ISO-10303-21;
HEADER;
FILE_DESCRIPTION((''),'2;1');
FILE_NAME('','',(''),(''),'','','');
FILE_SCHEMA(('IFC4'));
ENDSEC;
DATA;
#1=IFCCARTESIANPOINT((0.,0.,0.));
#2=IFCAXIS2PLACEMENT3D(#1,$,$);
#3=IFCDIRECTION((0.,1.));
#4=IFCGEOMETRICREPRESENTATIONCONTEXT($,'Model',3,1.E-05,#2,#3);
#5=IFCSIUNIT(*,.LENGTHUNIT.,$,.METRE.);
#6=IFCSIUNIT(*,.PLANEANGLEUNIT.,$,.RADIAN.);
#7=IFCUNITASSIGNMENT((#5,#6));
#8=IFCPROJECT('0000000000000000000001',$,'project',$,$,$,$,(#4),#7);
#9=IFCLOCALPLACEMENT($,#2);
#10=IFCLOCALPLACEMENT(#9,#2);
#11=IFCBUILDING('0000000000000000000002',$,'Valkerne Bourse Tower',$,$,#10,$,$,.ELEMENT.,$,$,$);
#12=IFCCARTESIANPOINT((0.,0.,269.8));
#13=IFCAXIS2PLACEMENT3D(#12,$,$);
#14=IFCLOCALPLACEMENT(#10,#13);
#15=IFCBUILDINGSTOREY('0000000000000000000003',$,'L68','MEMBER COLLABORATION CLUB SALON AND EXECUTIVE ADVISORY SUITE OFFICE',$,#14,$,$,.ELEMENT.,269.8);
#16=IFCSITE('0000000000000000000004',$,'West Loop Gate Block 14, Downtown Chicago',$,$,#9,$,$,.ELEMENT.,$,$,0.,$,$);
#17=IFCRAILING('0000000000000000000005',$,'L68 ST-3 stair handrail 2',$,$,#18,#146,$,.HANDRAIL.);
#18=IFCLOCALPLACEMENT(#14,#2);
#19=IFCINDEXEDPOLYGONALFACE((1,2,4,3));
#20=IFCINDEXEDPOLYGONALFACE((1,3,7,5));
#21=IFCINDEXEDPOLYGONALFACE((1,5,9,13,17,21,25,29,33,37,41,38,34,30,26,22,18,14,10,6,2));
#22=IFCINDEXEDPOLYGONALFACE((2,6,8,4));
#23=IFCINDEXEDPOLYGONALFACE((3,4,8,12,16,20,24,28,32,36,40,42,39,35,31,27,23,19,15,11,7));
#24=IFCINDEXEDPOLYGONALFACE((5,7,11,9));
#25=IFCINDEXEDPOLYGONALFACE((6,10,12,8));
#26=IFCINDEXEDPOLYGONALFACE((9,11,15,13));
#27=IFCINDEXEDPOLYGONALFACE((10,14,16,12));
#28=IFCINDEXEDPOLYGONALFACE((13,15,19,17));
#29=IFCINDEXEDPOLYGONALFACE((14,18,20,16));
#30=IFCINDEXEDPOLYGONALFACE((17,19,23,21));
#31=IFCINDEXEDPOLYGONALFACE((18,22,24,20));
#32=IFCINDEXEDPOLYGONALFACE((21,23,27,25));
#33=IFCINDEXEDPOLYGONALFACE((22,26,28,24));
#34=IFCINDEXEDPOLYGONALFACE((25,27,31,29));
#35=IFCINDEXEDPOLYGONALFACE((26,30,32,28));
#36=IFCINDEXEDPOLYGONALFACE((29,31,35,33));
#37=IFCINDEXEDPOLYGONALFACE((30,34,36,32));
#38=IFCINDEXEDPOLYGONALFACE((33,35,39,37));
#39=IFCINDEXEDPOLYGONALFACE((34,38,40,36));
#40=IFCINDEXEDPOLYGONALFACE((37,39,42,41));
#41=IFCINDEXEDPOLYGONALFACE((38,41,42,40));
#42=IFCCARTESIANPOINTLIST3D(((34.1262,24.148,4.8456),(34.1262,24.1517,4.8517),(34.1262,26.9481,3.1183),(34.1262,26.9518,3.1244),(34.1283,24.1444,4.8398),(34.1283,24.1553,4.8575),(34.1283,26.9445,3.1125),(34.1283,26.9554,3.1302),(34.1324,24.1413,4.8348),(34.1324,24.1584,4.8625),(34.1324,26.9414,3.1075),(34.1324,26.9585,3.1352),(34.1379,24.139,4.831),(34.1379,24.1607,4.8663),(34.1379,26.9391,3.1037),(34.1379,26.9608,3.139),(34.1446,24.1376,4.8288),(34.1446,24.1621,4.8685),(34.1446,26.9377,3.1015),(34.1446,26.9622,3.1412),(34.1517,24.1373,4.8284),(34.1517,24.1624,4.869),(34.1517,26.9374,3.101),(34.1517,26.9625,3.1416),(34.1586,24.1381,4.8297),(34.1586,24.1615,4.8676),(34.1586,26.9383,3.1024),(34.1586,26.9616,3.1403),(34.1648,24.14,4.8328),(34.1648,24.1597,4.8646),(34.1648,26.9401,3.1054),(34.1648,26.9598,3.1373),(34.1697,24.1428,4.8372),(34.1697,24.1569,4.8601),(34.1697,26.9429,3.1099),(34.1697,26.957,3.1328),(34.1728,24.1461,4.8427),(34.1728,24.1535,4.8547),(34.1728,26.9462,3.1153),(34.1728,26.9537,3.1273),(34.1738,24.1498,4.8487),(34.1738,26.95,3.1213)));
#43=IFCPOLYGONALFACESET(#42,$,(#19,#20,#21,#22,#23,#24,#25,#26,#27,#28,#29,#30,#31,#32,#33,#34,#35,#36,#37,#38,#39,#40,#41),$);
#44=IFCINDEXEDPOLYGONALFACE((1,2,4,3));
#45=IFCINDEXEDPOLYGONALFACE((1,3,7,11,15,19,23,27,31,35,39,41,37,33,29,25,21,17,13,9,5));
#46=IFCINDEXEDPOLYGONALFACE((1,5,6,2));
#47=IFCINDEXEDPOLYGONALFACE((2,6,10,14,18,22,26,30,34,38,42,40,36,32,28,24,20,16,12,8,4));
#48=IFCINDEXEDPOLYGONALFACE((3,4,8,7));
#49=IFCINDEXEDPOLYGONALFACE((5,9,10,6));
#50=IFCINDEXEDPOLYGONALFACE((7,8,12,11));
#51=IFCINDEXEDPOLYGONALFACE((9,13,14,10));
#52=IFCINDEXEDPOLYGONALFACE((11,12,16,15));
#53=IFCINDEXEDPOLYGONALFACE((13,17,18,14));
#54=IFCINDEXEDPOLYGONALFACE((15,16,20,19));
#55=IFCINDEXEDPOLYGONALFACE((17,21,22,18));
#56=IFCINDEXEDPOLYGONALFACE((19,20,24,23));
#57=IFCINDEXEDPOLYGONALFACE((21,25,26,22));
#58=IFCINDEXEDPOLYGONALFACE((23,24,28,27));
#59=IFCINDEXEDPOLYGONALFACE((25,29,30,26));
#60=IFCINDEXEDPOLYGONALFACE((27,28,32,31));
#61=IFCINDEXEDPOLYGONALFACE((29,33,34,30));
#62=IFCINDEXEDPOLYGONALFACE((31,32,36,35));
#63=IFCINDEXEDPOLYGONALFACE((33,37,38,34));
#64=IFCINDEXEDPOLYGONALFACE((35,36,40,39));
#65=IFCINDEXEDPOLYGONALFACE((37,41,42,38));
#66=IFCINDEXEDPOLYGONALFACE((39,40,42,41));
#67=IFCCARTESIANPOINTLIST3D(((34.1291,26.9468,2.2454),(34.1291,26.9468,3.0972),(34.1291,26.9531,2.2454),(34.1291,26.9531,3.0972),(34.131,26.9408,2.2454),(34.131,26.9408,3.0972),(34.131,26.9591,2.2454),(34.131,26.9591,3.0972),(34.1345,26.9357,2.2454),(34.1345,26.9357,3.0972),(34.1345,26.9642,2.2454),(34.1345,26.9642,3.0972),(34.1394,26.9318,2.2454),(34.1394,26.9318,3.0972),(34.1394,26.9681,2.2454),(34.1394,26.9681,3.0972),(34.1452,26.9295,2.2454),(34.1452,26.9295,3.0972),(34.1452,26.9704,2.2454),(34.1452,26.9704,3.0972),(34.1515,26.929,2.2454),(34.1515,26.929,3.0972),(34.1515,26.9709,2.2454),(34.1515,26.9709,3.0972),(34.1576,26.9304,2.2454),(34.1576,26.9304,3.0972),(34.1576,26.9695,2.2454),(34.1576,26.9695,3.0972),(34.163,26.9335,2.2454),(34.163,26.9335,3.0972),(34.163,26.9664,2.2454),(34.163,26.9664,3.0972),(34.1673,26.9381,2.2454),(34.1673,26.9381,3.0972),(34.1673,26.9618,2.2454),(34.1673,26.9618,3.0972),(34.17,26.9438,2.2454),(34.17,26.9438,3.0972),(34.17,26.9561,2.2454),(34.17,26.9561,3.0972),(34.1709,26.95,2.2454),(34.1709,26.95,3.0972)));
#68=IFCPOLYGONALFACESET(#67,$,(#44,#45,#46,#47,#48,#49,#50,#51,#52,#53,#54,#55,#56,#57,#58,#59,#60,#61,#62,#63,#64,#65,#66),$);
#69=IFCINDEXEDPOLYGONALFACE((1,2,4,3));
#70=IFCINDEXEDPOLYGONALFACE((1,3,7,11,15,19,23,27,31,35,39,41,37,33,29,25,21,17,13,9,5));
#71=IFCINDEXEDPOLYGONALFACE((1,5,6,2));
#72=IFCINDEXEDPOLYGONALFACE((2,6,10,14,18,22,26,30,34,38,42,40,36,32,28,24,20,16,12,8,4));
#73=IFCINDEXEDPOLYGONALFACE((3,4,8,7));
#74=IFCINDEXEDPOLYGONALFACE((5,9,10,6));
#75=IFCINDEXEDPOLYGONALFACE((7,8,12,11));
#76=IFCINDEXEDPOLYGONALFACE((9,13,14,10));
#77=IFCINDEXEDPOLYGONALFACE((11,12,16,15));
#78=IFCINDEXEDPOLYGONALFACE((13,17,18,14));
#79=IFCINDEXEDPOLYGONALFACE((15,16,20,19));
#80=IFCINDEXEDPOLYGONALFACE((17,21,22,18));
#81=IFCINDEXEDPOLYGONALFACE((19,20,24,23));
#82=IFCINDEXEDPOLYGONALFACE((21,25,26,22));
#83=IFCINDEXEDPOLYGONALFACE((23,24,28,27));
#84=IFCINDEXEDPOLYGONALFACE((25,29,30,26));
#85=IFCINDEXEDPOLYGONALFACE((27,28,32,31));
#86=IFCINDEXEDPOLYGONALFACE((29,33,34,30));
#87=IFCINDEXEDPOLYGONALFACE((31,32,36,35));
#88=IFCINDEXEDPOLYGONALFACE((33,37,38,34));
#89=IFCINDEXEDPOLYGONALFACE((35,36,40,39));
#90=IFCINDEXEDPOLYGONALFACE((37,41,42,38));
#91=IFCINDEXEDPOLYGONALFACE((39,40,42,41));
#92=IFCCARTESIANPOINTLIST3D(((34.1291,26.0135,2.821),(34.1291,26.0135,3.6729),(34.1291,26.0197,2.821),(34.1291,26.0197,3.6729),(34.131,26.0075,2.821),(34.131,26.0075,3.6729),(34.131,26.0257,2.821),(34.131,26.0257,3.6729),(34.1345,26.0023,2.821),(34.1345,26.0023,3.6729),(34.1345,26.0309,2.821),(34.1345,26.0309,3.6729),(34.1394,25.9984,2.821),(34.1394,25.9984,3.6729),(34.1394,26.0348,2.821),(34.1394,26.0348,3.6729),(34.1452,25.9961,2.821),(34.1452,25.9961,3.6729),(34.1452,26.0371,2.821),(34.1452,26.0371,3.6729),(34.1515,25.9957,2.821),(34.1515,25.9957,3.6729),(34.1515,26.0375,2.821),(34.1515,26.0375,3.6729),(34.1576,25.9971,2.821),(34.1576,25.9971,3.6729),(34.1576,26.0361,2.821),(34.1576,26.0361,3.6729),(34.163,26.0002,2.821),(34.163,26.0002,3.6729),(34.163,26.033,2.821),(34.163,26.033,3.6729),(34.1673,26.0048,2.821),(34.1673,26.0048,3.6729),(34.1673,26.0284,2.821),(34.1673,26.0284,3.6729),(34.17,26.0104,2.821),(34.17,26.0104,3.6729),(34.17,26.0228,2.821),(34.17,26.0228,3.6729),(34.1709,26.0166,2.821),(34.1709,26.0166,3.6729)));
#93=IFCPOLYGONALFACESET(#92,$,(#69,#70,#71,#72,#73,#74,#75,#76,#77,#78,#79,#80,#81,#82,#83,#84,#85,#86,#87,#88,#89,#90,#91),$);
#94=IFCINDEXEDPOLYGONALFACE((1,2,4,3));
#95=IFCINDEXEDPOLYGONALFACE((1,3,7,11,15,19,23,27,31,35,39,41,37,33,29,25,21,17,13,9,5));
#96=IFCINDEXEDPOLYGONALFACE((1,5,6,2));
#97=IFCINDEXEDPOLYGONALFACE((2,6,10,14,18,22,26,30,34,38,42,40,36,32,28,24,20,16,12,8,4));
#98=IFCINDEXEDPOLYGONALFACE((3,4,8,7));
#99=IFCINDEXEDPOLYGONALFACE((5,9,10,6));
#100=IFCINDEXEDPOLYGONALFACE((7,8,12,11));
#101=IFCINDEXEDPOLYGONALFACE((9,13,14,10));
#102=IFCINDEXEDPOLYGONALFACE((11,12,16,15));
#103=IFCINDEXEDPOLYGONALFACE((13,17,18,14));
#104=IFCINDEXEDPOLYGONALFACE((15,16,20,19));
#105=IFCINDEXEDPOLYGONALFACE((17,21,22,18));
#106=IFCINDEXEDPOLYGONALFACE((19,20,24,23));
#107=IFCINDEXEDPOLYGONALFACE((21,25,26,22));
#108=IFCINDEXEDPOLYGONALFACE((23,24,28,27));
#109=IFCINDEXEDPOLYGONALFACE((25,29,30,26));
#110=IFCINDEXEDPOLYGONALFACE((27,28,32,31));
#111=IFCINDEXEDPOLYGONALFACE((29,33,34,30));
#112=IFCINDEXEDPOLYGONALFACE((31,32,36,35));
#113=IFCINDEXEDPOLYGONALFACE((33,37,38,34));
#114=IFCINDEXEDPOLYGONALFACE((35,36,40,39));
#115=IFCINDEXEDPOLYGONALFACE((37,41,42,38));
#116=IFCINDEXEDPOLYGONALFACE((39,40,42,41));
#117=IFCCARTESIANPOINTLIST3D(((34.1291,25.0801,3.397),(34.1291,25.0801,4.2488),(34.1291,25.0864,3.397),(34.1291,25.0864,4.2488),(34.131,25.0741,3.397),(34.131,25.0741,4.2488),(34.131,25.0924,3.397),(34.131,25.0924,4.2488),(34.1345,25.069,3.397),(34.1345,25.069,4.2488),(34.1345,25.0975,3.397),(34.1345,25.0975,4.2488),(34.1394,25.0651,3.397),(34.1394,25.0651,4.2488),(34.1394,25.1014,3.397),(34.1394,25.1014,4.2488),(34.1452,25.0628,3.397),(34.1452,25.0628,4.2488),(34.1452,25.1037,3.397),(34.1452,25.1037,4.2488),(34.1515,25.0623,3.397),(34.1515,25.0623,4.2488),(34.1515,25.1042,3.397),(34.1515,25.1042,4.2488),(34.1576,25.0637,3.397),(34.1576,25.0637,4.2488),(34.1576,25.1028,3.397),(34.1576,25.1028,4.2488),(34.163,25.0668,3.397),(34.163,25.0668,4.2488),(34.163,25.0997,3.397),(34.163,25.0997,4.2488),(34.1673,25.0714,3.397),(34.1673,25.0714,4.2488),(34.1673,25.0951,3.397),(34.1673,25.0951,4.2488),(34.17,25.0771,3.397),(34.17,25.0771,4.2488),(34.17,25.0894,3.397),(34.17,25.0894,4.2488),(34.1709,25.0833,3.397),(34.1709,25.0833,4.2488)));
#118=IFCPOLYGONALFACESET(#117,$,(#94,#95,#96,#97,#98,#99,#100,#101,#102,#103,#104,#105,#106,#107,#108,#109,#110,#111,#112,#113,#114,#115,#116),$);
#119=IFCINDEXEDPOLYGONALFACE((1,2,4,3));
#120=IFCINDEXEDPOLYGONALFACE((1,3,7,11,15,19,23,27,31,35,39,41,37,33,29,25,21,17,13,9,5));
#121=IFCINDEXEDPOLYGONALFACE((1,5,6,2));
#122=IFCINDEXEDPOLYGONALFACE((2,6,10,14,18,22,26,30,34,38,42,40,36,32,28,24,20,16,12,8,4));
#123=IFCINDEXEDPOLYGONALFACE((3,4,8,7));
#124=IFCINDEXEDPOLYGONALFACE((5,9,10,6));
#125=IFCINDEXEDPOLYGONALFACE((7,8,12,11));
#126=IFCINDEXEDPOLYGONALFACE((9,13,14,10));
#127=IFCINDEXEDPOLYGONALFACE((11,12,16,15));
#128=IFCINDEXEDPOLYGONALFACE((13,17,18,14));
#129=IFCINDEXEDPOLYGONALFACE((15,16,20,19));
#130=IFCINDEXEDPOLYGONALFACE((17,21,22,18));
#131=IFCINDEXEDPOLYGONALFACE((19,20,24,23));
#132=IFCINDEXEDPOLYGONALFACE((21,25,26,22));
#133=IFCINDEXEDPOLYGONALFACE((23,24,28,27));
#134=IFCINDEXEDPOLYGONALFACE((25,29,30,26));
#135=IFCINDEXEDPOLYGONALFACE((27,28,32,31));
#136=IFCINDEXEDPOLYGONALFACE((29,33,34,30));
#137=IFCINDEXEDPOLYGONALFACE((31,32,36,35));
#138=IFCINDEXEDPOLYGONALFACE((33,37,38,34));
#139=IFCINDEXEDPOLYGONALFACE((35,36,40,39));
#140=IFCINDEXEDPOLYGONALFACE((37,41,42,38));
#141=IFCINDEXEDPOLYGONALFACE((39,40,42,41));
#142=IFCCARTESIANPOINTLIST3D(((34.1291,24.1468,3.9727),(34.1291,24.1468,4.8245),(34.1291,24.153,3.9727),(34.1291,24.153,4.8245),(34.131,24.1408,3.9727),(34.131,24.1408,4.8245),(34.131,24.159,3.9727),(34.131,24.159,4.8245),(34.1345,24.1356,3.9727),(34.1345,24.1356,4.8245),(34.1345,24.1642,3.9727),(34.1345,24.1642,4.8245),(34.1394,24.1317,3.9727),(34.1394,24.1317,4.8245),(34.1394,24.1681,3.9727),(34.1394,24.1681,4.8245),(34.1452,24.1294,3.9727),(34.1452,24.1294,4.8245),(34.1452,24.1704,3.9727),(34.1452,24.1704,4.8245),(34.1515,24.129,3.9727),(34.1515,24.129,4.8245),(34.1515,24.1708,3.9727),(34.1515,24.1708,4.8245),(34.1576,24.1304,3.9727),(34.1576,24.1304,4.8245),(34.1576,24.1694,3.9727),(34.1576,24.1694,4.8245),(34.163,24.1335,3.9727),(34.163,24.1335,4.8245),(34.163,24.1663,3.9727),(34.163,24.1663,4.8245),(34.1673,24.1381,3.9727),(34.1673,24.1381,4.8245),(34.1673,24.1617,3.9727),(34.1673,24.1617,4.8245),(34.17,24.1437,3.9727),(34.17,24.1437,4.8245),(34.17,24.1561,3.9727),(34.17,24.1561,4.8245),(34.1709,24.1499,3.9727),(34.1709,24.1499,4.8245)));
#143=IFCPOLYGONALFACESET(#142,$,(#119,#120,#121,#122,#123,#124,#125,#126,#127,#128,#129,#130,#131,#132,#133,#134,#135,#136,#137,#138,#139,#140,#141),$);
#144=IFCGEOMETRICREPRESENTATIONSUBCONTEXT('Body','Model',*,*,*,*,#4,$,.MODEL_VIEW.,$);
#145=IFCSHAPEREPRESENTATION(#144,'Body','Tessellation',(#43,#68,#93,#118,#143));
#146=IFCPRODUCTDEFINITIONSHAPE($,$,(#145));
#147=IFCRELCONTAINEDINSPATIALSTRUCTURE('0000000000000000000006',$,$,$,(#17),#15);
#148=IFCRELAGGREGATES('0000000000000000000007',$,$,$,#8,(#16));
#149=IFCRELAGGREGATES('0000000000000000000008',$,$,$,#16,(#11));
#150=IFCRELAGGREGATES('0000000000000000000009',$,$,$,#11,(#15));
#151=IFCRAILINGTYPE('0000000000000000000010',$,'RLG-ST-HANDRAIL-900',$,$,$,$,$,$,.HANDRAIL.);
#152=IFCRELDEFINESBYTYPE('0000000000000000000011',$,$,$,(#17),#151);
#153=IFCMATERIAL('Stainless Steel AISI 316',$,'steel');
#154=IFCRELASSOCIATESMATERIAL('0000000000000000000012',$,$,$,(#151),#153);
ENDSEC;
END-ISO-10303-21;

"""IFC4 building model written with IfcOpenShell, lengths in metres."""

from ifc_helpers import new_model, si_unit, direction, frame, origin, origin_2d, place, context, subcontext, project, spatial, circle, extrude, material, type_object, element, save


model = new_model("IFC4")

# Units and contexts
model_context = context("Model", 3, precision=1e-05, world=origin(), true_north=direction((0.0, 1.0)))
body_context = subcontext(model_context, "Body", "Model", "MODEL_VIEW")
ifc_project = project(units=[si_unit("LENGTHUNIT", "METRE"), si_unit("PLANEANGLEUNIT", "RADIAN")], contexts=[model_context])

# Site, building, storey
site_placement = place(None, origin())
site = spatial("IfcSite", under=ifc_project, at=site_placement, Name="West Loop Gate Block 14, Downtown Chicago", CompositionType="ELEMENT", RefElevation=0.0)
building_placement = place(site_placement, origin())
building = spatial("IfcBuilding", under=site, at=building_placement, Name="Valkerne Bourse Tower", CompositionType="ELEMENT")
storey_placement = place(building_placement, frame((0.0, 0.0, 269.8)))
storey = spatial("IfcBuildingStorey", under=building, at=storey_placement, Name="L68", Description="MEMBER COLLABORATION CLUB SALON AND EXECUTIVE ADVISORY SUITE OFFICE", CompositionType="ELEMENT", Elevation=269.8)

# Shared definitions
ifc_material_1 = material(Name="Stainless Steel AISI 316", Category="steel")

# Railing
railing_type_1 = type_object("IfcRailingType", Name="RLG-ST-HANDRAIL-900", PredefinedType="HANDRAIL", material=ifc_material_1)
railing_1_placement = place(storey_placement, frame((34.1499, 26.95, 2.2454)))
element("IfcRailing", 1, at=railing_1_placement, inside=storey, type_object=railing_type_1, Name="L68 ST-3 stair handrail 2", PredefinedType="HANDRAIL", context=body_context, shape_type="SweptSolid", body=[
    extrude(circle(Radius=0.0239, at=origin_2d()), frame((0.0, 0.0, 0.876), z_axis=(0.0, -0.85109, 0.52502), x_axis=(1.0, 0.0, 0.0)), (0.0, 0.0, 1.0), 3.29),
    extrude(circle(Radius=0.021, at=origin_2d()), origin(), (0.0, 0.0, 1.0), 0.8518),
    extrude(circle(Radius=0.021, at=origin_2d()), frame((0.0, -0.9333, 0.5757)), (0.0, 0.0, 1.0), 0.8518),
    extrude(circle(Radius=0.021, at=origin_2d()), frame((0.0, -1.8667, 1.1516)), (0.0, 0.0, 1.0), 0.8518),
    extrude(circle(Radius=0.021, at=origin_2d()), frame((0.0, -2.8, 1.7273)), (0.0, 0.0, 1.0), 0.8518),
])

save(model, "model.ifc")
